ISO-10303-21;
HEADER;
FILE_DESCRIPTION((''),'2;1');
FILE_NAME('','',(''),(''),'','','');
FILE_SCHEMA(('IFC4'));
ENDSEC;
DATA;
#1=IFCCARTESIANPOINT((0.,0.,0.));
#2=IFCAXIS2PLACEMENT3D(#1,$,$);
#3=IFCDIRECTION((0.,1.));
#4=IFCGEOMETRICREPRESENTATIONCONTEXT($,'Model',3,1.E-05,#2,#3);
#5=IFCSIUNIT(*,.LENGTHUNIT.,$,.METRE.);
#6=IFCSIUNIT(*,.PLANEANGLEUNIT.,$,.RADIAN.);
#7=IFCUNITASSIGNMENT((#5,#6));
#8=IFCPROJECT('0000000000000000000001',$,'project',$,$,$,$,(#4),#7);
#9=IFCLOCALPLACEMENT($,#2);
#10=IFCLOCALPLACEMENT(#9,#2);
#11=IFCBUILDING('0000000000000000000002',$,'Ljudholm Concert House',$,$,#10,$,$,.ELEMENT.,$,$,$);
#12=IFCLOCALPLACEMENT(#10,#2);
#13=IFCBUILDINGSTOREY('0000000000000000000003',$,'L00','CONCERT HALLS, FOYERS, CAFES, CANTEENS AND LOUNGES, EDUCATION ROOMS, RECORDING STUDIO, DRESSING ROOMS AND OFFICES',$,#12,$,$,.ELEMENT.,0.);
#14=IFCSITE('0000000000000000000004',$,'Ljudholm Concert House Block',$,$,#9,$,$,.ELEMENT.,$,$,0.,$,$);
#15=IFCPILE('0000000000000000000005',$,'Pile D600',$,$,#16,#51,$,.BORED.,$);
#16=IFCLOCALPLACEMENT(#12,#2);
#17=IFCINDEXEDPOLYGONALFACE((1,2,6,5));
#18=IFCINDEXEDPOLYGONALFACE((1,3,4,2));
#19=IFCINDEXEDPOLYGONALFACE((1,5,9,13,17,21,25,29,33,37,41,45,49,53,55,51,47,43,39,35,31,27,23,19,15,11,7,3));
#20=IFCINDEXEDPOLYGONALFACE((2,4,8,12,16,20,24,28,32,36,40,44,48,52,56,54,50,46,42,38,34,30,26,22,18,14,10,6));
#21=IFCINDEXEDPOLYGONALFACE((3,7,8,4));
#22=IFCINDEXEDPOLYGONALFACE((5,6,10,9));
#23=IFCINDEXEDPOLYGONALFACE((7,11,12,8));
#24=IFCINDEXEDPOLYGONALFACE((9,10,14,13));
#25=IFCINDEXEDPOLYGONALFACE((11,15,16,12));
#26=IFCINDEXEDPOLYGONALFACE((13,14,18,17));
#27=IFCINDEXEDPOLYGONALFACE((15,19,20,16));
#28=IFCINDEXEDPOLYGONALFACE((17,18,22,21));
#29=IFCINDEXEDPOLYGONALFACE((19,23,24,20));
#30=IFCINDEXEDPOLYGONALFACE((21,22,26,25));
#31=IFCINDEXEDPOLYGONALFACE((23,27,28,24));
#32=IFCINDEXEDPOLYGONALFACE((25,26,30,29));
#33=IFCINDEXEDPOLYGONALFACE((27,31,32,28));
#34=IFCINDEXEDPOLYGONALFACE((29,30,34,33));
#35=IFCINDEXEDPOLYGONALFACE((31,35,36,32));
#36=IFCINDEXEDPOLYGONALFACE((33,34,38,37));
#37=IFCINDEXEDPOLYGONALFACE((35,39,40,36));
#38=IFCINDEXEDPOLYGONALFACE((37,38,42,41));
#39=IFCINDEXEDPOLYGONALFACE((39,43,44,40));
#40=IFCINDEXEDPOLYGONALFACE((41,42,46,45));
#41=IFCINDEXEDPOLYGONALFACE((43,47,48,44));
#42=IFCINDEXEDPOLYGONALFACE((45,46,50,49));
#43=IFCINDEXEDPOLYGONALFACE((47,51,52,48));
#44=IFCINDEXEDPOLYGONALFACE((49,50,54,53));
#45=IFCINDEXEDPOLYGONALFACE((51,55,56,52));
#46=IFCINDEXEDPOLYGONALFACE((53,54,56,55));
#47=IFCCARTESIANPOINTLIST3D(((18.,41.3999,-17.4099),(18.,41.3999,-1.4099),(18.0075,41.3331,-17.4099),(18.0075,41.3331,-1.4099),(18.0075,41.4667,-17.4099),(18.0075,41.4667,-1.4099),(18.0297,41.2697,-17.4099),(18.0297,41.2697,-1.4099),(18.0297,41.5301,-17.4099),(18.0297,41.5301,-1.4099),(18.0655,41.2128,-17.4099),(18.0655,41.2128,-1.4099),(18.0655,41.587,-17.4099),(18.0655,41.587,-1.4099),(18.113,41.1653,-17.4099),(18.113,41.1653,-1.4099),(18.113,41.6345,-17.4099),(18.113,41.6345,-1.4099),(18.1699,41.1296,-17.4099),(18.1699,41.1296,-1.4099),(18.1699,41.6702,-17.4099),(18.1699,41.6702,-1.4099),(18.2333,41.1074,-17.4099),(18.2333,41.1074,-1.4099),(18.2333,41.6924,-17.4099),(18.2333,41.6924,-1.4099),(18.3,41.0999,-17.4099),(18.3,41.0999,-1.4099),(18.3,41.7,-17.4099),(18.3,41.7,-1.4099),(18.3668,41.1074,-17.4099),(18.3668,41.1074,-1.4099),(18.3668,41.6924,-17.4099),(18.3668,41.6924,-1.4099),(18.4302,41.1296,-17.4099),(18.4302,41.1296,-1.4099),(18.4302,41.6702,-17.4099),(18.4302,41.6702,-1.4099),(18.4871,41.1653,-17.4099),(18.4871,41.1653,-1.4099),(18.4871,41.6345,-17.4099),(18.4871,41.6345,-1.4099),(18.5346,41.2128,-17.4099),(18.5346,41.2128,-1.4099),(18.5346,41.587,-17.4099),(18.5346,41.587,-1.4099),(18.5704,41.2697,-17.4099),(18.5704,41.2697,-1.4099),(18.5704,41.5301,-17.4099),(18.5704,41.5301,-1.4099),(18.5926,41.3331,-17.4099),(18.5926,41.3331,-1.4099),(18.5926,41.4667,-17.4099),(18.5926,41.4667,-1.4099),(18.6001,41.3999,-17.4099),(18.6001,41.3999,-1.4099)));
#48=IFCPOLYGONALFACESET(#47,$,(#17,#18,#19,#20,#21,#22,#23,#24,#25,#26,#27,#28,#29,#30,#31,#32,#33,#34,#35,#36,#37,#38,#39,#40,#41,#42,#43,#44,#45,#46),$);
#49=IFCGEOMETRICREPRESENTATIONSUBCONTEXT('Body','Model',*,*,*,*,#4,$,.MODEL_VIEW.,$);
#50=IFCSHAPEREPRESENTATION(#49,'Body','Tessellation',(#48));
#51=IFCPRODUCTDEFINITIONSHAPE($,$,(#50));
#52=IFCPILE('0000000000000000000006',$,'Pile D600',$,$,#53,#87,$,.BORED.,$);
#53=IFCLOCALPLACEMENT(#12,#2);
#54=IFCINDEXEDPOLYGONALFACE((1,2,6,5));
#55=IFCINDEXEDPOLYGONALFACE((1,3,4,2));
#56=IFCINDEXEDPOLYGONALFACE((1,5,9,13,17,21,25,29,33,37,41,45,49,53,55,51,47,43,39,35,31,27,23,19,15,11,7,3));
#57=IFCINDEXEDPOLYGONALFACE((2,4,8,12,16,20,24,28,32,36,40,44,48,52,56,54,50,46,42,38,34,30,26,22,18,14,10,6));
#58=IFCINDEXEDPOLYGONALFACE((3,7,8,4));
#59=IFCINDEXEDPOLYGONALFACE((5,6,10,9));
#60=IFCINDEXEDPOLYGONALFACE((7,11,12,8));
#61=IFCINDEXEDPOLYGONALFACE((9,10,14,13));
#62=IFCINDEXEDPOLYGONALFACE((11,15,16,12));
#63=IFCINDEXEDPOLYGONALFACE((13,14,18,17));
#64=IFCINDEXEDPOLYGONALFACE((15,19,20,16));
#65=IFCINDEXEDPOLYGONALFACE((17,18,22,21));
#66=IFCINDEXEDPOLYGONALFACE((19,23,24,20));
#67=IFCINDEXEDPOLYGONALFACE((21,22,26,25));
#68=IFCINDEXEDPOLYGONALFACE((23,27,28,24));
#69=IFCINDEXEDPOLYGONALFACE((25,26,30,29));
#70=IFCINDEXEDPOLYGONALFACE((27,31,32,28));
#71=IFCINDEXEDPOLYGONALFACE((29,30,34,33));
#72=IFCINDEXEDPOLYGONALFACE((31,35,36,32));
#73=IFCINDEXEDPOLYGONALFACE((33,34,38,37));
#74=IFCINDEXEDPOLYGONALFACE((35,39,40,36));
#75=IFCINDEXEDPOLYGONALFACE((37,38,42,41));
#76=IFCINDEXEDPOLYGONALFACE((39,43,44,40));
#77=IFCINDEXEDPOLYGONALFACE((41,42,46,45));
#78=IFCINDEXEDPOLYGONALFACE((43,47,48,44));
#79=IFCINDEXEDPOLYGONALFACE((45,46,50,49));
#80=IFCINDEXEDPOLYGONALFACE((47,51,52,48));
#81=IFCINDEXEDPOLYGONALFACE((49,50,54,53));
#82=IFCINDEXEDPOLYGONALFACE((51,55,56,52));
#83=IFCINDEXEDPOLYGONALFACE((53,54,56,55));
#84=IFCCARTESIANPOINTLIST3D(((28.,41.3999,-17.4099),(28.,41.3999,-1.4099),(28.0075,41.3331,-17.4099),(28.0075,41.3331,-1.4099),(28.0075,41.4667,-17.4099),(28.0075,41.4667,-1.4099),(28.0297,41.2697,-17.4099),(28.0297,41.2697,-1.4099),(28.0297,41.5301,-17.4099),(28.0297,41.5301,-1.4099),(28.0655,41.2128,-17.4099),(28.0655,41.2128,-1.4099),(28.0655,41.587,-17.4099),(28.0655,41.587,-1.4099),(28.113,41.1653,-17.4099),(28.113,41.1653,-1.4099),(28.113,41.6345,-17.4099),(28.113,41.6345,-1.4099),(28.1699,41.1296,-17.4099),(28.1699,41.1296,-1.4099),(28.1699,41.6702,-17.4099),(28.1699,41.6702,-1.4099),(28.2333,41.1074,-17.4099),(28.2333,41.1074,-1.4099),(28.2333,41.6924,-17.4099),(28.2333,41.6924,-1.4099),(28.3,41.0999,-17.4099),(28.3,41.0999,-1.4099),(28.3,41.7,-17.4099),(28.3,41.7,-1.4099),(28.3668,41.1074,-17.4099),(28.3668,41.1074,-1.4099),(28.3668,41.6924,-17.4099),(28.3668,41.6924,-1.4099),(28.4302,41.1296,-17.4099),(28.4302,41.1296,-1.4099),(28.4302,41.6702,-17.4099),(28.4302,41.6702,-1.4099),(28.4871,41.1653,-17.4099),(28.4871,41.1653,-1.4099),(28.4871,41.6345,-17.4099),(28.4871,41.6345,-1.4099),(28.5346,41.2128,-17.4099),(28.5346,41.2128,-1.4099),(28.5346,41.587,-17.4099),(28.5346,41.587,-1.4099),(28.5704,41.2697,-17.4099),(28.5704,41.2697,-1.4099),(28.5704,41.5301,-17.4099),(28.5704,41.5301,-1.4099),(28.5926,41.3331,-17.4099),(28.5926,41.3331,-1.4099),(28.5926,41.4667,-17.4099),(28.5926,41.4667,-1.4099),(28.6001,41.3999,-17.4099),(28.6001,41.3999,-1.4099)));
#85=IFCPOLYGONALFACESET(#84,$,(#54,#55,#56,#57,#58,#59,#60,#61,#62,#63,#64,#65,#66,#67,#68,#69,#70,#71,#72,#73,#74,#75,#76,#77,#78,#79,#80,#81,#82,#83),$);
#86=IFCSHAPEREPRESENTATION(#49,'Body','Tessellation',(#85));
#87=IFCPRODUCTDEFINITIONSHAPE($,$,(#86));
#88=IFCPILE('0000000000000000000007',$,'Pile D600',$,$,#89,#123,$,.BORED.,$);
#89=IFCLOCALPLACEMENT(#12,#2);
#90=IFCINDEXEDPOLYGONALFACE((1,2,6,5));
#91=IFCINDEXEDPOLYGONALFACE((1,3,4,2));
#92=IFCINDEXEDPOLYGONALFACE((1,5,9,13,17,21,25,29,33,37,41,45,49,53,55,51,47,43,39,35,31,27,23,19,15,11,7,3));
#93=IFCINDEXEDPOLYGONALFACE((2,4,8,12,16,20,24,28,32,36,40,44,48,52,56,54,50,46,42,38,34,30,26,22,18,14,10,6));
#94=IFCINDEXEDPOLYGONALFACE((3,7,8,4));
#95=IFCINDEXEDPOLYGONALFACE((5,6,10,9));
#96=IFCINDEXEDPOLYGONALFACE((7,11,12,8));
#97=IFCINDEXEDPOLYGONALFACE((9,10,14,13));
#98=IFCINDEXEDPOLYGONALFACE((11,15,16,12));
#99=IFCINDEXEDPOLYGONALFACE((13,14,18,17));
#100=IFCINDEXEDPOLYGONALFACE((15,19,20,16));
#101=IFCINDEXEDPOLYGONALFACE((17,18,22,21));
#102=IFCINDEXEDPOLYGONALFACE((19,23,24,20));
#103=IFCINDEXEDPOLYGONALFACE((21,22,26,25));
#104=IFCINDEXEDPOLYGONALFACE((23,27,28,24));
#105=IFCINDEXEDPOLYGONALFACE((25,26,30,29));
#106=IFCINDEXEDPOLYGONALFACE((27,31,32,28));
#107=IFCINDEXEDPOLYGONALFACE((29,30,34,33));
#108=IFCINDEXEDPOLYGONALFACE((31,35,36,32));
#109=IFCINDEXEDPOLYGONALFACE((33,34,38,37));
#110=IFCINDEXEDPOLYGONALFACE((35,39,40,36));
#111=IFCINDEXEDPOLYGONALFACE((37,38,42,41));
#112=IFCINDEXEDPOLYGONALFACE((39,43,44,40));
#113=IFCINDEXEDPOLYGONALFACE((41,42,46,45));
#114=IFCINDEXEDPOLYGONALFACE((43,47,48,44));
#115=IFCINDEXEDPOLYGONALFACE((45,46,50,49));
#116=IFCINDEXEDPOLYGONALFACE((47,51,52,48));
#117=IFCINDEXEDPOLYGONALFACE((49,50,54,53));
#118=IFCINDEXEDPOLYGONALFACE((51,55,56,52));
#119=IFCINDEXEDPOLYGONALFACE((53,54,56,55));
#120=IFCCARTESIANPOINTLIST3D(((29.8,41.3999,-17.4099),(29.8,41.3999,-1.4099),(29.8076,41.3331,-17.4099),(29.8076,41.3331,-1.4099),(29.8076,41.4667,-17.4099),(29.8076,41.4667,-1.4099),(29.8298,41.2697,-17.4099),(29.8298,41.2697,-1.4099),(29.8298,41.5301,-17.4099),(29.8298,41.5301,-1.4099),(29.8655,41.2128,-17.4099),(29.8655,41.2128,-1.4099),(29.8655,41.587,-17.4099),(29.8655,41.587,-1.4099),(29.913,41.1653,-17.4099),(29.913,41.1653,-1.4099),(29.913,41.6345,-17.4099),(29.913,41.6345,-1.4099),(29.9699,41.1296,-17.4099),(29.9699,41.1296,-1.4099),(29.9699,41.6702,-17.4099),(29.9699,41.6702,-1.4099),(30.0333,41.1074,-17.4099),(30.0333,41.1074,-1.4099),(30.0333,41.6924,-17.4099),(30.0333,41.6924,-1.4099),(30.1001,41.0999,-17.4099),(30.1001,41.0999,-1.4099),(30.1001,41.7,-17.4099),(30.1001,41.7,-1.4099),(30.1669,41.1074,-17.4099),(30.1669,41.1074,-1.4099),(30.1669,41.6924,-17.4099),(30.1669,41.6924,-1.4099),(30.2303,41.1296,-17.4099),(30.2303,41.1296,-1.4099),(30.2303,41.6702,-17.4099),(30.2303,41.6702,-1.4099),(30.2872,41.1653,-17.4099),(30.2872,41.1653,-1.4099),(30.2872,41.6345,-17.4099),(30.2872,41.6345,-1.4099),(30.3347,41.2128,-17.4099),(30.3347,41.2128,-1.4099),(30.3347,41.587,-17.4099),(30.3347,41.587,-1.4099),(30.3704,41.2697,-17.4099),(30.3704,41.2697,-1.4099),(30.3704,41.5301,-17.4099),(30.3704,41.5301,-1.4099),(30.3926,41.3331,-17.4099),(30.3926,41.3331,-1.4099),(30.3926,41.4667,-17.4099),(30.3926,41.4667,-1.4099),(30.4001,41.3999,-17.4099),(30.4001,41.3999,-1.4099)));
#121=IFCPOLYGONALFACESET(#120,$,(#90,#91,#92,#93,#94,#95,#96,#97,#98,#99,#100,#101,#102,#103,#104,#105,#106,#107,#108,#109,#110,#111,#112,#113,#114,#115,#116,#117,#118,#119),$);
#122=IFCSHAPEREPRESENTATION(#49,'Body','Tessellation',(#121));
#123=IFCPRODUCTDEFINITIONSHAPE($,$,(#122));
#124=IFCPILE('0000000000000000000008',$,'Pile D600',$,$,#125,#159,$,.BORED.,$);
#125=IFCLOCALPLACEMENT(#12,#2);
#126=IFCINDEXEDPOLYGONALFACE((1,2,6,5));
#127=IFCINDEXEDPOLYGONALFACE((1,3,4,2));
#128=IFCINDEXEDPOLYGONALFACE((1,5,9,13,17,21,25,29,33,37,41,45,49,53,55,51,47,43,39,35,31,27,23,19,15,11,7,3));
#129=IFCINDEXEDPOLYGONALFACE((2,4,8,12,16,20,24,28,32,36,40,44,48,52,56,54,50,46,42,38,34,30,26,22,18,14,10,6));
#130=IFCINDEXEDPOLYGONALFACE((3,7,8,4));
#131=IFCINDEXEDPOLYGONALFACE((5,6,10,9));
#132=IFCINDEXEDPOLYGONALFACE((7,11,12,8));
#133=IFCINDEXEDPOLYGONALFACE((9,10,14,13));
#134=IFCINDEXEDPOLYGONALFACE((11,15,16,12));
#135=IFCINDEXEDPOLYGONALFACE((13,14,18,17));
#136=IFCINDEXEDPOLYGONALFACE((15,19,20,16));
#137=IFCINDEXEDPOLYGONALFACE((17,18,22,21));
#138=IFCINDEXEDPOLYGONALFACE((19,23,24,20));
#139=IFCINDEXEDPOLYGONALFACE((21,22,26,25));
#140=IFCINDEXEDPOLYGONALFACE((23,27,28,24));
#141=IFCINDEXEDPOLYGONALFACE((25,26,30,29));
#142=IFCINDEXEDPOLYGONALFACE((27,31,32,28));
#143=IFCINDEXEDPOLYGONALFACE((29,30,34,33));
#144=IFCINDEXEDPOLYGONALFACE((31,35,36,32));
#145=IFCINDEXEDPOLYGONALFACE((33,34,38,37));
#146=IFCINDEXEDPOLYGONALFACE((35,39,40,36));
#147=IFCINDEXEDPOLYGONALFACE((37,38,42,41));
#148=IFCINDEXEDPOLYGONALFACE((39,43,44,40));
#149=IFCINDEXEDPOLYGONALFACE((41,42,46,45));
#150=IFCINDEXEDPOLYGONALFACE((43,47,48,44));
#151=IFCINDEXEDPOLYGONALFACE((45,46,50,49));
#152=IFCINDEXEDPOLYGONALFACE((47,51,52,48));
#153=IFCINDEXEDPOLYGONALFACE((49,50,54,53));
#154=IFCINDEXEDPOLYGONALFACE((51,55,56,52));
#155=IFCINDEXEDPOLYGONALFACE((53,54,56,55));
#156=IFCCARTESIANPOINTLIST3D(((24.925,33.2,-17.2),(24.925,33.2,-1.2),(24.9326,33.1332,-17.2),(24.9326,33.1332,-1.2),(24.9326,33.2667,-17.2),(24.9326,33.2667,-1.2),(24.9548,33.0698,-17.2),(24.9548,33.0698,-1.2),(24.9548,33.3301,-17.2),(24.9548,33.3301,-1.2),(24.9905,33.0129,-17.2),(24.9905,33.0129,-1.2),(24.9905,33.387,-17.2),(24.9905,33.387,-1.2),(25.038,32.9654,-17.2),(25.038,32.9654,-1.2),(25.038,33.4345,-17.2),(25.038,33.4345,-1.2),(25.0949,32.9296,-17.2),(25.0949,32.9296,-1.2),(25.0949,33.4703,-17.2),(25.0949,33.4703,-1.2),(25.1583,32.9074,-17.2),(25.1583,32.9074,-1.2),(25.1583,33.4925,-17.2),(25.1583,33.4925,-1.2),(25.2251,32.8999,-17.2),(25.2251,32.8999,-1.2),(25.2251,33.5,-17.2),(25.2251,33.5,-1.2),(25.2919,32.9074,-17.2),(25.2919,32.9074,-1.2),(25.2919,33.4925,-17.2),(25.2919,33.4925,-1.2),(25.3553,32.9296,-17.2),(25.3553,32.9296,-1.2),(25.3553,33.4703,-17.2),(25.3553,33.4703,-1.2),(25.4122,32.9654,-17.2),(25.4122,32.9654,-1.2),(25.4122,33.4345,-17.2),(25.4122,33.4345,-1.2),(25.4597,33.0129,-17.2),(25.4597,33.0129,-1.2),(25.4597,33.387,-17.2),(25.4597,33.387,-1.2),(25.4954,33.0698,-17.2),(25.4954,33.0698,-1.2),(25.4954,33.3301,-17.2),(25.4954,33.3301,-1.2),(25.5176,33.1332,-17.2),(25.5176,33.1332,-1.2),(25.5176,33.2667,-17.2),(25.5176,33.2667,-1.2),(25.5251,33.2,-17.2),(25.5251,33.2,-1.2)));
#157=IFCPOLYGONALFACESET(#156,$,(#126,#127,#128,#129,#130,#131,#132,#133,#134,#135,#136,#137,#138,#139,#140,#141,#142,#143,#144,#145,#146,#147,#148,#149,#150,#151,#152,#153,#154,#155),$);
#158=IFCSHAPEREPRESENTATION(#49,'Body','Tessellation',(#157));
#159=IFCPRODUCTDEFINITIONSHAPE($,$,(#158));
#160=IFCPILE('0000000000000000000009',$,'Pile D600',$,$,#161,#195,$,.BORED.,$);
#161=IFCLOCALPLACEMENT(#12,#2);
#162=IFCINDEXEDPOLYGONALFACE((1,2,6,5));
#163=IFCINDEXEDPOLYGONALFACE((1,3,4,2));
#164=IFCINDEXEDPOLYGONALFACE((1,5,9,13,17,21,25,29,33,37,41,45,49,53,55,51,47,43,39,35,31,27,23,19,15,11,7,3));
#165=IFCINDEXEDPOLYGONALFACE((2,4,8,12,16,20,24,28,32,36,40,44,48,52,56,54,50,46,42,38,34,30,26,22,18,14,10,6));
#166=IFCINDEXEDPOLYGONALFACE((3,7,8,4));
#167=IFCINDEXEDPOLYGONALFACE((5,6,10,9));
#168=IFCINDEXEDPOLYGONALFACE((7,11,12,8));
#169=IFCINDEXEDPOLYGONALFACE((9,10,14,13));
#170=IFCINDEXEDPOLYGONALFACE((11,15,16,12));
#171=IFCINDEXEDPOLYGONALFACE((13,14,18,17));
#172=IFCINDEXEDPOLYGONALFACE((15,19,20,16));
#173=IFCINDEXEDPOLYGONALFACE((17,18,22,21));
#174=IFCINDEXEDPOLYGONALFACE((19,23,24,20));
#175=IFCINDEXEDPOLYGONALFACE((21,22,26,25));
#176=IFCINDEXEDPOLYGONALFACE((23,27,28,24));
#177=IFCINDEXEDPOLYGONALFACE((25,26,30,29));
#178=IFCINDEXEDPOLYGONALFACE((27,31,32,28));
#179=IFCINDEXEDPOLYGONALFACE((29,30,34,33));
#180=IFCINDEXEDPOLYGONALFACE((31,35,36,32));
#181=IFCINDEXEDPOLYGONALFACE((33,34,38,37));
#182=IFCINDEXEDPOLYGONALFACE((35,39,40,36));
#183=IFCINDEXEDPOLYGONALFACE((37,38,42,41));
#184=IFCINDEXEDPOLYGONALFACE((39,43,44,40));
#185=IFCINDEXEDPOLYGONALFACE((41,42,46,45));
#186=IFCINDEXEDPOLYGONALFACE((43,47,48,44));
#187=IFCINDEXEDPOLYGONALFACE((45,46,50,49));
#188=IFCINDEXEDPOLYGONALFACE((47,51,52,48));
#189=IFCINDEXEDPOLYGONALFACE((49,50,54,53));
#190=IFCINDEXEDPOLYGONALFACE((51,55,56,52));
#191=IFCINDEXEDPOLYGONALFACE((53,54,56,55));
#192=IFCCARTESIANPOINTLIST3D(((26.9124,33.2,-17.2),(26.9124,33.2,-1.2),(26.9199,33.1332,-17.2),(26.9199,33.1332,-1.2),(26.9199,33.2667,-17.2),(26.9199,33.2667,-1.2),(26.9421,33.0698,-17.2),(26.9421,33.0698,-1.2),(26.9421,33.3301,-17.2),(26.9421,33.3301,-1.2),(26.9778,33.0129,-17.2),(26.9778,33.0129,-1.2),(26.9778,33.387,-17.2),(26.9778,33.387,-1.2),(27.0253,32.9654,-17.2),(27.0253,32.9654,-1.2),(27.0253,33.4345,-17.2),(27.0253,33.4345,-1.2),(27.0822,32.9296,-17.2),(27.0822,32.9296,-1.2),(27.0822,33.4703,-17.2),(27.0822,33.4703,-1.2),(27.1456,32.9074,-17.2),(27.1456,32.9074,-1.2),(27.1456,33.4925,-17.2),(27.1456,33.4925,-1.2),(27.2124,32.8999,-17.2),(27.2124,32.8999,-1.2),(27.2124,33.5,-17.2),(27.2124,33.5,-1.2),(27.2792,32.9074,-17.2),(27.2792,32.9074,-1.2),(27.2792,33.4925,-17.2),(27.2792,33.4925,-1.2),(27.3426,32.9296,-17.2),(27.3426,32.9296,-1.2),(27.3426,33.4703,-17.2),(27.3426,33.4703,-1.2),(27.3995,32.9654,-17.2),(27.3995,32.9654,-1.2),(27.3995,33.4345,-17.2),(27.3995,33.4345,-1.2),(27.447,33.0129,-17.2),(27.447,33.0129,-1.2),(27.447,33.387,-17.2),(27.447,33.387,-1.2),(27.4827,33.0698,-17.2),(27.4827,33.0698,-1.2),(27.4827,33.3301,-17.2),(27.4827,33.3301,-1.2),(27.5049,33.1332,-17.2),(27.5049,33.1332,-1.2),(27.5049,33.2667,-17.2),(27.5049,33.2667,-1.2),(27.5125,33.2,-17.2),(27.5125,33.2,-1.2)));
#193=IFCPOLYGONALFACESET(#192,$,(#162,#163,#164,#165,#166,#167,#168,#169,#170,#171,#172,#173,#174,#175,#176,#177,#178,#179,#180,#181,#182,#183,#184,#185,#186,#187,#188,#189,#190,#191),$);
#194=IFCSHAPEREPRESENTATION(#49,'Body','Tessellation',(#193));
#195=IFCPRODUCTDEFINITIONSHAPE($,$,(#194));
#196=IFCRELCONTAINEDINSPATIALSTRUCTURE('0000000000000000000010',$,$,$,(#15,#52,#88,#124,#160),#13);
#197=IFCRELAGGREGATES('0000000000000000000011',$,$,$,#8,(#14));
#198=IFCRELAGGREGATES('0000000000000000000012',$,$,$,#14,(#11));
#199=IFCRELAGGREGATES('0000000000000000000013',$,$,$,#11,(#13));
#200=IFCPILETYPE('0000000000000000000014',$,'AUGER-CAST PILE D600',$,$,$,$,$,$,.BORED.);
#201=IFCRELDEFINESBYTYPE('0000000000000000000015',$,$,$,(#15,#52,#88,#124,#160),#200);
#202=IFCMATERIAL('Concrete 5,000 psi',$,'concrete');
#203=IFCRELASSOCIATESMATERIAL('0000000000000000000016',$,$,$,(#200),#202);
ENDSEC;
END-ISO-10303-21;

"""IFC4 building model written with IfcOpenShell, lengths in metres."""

from ifc_helpers import new_model, si_unit, direction, frame, origin, origin_2d, place, context, subcontext, project, spatial, circle, extrude, material, material_profile, profile_set, type_object, element, save


model = new_model("IFC4")

# Units and contexts
model_context = context("Model", 3, precision=1e-05, world=origin(), true_north=direction((0.0, 1.0)))
body_context = subcontext(model_context, "Body", "Model", "MODEL_VIEW")
ifc_project = project(units=[si_unit("LENGTHUNIT", "METRE"), si_unit("PLANEANGLEUNIT", "RADIAN")], contexts=[model_context])

# Site, building, storey
site_placement = place(None, origin())
site = spatial("IfcSite", under=ifc_project, at=site_placement, Name="Ljudholm Concert House Block", CompositionType="ELEMENT", RefElevation=0.0)
building_placement = place(site_placement, origin())
building = spatial("IfcBuilding", under=site, at=building_placement, Name="Ljudholm Concert House", CompositionType="ELEMENT")
storey_placement = place(building_placement, origin())
storey = spatial("IfcBuildingStorey", under=building, at=storey_placement, Name="L00", Description="CONCERT HALLS, FOYERS, CAFES, CANTEENS AND LOUNGES, EDUCATION ROOMS, RECORDING STUDIO, DRESSING ROOMS AND OFFICES", CompositionType="ELEMENT", Elevation=0.0)

# Piles
ifc_material_1 = material(Name="Concrete 5,000 psi", Category="concrete")
ifc_material_profile_1 = material_profile(ifc_material_1, circle(Radius=0.3, at=origin_2d()), Name="AUGER-CAST PILE D600")
ifc_profile_set_1 = profile_set([ifc_material_profile_1], Name="Concrete 5,000 psi")
pile_type = type_object("IfcPileType", Name="AUGER-CAST PILE D600", PredefinedType="BORED", material=ifc_profile_set_1)
for number, where, z_axis, x_axis, name in (
    (1, (18.3, 41.3999, -1.4099), (0.0, 0.0, -1.0), (1.0, 0.0, 0.0), "Pile D600"),
    (2, (28.3, 41.3999, -1.4099), (0.0, 0.0, -1.0), (1.0, 0.0, 0.0), "Pile D600"),
    (3, (30.1001, 41.3999, -1.4099), (0.0, 0.0, -1.0), (1.0, 0.0, 0.0), "Pile D600"),
    (4, (25.2251, 33.2, -1.2), (0.0, 0.0, -1.0), (1.0, 0.0, 0.0), "Pile D600"),
    (5, (27.2124, 33.2, -1.2), (0.0, 0.0, -1.0), (1.0, 0.0, 0.0), "Pile D600"),
):
    element("IfcPile", number, at=place(storey_placement, frame(where, z_axis=z_axis, x_axis=x_axis)), inside=storey, type_object=pile_type, Name=name, PredefinedType="BORED", context=body_context, shape_type="SweptSolid", body=[
        extrude(circle(Radius=0.3, at=origin_2d()), origin(), (0.0, 0.0, 1.0), 16.0),
    ])

save(model, "model.ifc")
